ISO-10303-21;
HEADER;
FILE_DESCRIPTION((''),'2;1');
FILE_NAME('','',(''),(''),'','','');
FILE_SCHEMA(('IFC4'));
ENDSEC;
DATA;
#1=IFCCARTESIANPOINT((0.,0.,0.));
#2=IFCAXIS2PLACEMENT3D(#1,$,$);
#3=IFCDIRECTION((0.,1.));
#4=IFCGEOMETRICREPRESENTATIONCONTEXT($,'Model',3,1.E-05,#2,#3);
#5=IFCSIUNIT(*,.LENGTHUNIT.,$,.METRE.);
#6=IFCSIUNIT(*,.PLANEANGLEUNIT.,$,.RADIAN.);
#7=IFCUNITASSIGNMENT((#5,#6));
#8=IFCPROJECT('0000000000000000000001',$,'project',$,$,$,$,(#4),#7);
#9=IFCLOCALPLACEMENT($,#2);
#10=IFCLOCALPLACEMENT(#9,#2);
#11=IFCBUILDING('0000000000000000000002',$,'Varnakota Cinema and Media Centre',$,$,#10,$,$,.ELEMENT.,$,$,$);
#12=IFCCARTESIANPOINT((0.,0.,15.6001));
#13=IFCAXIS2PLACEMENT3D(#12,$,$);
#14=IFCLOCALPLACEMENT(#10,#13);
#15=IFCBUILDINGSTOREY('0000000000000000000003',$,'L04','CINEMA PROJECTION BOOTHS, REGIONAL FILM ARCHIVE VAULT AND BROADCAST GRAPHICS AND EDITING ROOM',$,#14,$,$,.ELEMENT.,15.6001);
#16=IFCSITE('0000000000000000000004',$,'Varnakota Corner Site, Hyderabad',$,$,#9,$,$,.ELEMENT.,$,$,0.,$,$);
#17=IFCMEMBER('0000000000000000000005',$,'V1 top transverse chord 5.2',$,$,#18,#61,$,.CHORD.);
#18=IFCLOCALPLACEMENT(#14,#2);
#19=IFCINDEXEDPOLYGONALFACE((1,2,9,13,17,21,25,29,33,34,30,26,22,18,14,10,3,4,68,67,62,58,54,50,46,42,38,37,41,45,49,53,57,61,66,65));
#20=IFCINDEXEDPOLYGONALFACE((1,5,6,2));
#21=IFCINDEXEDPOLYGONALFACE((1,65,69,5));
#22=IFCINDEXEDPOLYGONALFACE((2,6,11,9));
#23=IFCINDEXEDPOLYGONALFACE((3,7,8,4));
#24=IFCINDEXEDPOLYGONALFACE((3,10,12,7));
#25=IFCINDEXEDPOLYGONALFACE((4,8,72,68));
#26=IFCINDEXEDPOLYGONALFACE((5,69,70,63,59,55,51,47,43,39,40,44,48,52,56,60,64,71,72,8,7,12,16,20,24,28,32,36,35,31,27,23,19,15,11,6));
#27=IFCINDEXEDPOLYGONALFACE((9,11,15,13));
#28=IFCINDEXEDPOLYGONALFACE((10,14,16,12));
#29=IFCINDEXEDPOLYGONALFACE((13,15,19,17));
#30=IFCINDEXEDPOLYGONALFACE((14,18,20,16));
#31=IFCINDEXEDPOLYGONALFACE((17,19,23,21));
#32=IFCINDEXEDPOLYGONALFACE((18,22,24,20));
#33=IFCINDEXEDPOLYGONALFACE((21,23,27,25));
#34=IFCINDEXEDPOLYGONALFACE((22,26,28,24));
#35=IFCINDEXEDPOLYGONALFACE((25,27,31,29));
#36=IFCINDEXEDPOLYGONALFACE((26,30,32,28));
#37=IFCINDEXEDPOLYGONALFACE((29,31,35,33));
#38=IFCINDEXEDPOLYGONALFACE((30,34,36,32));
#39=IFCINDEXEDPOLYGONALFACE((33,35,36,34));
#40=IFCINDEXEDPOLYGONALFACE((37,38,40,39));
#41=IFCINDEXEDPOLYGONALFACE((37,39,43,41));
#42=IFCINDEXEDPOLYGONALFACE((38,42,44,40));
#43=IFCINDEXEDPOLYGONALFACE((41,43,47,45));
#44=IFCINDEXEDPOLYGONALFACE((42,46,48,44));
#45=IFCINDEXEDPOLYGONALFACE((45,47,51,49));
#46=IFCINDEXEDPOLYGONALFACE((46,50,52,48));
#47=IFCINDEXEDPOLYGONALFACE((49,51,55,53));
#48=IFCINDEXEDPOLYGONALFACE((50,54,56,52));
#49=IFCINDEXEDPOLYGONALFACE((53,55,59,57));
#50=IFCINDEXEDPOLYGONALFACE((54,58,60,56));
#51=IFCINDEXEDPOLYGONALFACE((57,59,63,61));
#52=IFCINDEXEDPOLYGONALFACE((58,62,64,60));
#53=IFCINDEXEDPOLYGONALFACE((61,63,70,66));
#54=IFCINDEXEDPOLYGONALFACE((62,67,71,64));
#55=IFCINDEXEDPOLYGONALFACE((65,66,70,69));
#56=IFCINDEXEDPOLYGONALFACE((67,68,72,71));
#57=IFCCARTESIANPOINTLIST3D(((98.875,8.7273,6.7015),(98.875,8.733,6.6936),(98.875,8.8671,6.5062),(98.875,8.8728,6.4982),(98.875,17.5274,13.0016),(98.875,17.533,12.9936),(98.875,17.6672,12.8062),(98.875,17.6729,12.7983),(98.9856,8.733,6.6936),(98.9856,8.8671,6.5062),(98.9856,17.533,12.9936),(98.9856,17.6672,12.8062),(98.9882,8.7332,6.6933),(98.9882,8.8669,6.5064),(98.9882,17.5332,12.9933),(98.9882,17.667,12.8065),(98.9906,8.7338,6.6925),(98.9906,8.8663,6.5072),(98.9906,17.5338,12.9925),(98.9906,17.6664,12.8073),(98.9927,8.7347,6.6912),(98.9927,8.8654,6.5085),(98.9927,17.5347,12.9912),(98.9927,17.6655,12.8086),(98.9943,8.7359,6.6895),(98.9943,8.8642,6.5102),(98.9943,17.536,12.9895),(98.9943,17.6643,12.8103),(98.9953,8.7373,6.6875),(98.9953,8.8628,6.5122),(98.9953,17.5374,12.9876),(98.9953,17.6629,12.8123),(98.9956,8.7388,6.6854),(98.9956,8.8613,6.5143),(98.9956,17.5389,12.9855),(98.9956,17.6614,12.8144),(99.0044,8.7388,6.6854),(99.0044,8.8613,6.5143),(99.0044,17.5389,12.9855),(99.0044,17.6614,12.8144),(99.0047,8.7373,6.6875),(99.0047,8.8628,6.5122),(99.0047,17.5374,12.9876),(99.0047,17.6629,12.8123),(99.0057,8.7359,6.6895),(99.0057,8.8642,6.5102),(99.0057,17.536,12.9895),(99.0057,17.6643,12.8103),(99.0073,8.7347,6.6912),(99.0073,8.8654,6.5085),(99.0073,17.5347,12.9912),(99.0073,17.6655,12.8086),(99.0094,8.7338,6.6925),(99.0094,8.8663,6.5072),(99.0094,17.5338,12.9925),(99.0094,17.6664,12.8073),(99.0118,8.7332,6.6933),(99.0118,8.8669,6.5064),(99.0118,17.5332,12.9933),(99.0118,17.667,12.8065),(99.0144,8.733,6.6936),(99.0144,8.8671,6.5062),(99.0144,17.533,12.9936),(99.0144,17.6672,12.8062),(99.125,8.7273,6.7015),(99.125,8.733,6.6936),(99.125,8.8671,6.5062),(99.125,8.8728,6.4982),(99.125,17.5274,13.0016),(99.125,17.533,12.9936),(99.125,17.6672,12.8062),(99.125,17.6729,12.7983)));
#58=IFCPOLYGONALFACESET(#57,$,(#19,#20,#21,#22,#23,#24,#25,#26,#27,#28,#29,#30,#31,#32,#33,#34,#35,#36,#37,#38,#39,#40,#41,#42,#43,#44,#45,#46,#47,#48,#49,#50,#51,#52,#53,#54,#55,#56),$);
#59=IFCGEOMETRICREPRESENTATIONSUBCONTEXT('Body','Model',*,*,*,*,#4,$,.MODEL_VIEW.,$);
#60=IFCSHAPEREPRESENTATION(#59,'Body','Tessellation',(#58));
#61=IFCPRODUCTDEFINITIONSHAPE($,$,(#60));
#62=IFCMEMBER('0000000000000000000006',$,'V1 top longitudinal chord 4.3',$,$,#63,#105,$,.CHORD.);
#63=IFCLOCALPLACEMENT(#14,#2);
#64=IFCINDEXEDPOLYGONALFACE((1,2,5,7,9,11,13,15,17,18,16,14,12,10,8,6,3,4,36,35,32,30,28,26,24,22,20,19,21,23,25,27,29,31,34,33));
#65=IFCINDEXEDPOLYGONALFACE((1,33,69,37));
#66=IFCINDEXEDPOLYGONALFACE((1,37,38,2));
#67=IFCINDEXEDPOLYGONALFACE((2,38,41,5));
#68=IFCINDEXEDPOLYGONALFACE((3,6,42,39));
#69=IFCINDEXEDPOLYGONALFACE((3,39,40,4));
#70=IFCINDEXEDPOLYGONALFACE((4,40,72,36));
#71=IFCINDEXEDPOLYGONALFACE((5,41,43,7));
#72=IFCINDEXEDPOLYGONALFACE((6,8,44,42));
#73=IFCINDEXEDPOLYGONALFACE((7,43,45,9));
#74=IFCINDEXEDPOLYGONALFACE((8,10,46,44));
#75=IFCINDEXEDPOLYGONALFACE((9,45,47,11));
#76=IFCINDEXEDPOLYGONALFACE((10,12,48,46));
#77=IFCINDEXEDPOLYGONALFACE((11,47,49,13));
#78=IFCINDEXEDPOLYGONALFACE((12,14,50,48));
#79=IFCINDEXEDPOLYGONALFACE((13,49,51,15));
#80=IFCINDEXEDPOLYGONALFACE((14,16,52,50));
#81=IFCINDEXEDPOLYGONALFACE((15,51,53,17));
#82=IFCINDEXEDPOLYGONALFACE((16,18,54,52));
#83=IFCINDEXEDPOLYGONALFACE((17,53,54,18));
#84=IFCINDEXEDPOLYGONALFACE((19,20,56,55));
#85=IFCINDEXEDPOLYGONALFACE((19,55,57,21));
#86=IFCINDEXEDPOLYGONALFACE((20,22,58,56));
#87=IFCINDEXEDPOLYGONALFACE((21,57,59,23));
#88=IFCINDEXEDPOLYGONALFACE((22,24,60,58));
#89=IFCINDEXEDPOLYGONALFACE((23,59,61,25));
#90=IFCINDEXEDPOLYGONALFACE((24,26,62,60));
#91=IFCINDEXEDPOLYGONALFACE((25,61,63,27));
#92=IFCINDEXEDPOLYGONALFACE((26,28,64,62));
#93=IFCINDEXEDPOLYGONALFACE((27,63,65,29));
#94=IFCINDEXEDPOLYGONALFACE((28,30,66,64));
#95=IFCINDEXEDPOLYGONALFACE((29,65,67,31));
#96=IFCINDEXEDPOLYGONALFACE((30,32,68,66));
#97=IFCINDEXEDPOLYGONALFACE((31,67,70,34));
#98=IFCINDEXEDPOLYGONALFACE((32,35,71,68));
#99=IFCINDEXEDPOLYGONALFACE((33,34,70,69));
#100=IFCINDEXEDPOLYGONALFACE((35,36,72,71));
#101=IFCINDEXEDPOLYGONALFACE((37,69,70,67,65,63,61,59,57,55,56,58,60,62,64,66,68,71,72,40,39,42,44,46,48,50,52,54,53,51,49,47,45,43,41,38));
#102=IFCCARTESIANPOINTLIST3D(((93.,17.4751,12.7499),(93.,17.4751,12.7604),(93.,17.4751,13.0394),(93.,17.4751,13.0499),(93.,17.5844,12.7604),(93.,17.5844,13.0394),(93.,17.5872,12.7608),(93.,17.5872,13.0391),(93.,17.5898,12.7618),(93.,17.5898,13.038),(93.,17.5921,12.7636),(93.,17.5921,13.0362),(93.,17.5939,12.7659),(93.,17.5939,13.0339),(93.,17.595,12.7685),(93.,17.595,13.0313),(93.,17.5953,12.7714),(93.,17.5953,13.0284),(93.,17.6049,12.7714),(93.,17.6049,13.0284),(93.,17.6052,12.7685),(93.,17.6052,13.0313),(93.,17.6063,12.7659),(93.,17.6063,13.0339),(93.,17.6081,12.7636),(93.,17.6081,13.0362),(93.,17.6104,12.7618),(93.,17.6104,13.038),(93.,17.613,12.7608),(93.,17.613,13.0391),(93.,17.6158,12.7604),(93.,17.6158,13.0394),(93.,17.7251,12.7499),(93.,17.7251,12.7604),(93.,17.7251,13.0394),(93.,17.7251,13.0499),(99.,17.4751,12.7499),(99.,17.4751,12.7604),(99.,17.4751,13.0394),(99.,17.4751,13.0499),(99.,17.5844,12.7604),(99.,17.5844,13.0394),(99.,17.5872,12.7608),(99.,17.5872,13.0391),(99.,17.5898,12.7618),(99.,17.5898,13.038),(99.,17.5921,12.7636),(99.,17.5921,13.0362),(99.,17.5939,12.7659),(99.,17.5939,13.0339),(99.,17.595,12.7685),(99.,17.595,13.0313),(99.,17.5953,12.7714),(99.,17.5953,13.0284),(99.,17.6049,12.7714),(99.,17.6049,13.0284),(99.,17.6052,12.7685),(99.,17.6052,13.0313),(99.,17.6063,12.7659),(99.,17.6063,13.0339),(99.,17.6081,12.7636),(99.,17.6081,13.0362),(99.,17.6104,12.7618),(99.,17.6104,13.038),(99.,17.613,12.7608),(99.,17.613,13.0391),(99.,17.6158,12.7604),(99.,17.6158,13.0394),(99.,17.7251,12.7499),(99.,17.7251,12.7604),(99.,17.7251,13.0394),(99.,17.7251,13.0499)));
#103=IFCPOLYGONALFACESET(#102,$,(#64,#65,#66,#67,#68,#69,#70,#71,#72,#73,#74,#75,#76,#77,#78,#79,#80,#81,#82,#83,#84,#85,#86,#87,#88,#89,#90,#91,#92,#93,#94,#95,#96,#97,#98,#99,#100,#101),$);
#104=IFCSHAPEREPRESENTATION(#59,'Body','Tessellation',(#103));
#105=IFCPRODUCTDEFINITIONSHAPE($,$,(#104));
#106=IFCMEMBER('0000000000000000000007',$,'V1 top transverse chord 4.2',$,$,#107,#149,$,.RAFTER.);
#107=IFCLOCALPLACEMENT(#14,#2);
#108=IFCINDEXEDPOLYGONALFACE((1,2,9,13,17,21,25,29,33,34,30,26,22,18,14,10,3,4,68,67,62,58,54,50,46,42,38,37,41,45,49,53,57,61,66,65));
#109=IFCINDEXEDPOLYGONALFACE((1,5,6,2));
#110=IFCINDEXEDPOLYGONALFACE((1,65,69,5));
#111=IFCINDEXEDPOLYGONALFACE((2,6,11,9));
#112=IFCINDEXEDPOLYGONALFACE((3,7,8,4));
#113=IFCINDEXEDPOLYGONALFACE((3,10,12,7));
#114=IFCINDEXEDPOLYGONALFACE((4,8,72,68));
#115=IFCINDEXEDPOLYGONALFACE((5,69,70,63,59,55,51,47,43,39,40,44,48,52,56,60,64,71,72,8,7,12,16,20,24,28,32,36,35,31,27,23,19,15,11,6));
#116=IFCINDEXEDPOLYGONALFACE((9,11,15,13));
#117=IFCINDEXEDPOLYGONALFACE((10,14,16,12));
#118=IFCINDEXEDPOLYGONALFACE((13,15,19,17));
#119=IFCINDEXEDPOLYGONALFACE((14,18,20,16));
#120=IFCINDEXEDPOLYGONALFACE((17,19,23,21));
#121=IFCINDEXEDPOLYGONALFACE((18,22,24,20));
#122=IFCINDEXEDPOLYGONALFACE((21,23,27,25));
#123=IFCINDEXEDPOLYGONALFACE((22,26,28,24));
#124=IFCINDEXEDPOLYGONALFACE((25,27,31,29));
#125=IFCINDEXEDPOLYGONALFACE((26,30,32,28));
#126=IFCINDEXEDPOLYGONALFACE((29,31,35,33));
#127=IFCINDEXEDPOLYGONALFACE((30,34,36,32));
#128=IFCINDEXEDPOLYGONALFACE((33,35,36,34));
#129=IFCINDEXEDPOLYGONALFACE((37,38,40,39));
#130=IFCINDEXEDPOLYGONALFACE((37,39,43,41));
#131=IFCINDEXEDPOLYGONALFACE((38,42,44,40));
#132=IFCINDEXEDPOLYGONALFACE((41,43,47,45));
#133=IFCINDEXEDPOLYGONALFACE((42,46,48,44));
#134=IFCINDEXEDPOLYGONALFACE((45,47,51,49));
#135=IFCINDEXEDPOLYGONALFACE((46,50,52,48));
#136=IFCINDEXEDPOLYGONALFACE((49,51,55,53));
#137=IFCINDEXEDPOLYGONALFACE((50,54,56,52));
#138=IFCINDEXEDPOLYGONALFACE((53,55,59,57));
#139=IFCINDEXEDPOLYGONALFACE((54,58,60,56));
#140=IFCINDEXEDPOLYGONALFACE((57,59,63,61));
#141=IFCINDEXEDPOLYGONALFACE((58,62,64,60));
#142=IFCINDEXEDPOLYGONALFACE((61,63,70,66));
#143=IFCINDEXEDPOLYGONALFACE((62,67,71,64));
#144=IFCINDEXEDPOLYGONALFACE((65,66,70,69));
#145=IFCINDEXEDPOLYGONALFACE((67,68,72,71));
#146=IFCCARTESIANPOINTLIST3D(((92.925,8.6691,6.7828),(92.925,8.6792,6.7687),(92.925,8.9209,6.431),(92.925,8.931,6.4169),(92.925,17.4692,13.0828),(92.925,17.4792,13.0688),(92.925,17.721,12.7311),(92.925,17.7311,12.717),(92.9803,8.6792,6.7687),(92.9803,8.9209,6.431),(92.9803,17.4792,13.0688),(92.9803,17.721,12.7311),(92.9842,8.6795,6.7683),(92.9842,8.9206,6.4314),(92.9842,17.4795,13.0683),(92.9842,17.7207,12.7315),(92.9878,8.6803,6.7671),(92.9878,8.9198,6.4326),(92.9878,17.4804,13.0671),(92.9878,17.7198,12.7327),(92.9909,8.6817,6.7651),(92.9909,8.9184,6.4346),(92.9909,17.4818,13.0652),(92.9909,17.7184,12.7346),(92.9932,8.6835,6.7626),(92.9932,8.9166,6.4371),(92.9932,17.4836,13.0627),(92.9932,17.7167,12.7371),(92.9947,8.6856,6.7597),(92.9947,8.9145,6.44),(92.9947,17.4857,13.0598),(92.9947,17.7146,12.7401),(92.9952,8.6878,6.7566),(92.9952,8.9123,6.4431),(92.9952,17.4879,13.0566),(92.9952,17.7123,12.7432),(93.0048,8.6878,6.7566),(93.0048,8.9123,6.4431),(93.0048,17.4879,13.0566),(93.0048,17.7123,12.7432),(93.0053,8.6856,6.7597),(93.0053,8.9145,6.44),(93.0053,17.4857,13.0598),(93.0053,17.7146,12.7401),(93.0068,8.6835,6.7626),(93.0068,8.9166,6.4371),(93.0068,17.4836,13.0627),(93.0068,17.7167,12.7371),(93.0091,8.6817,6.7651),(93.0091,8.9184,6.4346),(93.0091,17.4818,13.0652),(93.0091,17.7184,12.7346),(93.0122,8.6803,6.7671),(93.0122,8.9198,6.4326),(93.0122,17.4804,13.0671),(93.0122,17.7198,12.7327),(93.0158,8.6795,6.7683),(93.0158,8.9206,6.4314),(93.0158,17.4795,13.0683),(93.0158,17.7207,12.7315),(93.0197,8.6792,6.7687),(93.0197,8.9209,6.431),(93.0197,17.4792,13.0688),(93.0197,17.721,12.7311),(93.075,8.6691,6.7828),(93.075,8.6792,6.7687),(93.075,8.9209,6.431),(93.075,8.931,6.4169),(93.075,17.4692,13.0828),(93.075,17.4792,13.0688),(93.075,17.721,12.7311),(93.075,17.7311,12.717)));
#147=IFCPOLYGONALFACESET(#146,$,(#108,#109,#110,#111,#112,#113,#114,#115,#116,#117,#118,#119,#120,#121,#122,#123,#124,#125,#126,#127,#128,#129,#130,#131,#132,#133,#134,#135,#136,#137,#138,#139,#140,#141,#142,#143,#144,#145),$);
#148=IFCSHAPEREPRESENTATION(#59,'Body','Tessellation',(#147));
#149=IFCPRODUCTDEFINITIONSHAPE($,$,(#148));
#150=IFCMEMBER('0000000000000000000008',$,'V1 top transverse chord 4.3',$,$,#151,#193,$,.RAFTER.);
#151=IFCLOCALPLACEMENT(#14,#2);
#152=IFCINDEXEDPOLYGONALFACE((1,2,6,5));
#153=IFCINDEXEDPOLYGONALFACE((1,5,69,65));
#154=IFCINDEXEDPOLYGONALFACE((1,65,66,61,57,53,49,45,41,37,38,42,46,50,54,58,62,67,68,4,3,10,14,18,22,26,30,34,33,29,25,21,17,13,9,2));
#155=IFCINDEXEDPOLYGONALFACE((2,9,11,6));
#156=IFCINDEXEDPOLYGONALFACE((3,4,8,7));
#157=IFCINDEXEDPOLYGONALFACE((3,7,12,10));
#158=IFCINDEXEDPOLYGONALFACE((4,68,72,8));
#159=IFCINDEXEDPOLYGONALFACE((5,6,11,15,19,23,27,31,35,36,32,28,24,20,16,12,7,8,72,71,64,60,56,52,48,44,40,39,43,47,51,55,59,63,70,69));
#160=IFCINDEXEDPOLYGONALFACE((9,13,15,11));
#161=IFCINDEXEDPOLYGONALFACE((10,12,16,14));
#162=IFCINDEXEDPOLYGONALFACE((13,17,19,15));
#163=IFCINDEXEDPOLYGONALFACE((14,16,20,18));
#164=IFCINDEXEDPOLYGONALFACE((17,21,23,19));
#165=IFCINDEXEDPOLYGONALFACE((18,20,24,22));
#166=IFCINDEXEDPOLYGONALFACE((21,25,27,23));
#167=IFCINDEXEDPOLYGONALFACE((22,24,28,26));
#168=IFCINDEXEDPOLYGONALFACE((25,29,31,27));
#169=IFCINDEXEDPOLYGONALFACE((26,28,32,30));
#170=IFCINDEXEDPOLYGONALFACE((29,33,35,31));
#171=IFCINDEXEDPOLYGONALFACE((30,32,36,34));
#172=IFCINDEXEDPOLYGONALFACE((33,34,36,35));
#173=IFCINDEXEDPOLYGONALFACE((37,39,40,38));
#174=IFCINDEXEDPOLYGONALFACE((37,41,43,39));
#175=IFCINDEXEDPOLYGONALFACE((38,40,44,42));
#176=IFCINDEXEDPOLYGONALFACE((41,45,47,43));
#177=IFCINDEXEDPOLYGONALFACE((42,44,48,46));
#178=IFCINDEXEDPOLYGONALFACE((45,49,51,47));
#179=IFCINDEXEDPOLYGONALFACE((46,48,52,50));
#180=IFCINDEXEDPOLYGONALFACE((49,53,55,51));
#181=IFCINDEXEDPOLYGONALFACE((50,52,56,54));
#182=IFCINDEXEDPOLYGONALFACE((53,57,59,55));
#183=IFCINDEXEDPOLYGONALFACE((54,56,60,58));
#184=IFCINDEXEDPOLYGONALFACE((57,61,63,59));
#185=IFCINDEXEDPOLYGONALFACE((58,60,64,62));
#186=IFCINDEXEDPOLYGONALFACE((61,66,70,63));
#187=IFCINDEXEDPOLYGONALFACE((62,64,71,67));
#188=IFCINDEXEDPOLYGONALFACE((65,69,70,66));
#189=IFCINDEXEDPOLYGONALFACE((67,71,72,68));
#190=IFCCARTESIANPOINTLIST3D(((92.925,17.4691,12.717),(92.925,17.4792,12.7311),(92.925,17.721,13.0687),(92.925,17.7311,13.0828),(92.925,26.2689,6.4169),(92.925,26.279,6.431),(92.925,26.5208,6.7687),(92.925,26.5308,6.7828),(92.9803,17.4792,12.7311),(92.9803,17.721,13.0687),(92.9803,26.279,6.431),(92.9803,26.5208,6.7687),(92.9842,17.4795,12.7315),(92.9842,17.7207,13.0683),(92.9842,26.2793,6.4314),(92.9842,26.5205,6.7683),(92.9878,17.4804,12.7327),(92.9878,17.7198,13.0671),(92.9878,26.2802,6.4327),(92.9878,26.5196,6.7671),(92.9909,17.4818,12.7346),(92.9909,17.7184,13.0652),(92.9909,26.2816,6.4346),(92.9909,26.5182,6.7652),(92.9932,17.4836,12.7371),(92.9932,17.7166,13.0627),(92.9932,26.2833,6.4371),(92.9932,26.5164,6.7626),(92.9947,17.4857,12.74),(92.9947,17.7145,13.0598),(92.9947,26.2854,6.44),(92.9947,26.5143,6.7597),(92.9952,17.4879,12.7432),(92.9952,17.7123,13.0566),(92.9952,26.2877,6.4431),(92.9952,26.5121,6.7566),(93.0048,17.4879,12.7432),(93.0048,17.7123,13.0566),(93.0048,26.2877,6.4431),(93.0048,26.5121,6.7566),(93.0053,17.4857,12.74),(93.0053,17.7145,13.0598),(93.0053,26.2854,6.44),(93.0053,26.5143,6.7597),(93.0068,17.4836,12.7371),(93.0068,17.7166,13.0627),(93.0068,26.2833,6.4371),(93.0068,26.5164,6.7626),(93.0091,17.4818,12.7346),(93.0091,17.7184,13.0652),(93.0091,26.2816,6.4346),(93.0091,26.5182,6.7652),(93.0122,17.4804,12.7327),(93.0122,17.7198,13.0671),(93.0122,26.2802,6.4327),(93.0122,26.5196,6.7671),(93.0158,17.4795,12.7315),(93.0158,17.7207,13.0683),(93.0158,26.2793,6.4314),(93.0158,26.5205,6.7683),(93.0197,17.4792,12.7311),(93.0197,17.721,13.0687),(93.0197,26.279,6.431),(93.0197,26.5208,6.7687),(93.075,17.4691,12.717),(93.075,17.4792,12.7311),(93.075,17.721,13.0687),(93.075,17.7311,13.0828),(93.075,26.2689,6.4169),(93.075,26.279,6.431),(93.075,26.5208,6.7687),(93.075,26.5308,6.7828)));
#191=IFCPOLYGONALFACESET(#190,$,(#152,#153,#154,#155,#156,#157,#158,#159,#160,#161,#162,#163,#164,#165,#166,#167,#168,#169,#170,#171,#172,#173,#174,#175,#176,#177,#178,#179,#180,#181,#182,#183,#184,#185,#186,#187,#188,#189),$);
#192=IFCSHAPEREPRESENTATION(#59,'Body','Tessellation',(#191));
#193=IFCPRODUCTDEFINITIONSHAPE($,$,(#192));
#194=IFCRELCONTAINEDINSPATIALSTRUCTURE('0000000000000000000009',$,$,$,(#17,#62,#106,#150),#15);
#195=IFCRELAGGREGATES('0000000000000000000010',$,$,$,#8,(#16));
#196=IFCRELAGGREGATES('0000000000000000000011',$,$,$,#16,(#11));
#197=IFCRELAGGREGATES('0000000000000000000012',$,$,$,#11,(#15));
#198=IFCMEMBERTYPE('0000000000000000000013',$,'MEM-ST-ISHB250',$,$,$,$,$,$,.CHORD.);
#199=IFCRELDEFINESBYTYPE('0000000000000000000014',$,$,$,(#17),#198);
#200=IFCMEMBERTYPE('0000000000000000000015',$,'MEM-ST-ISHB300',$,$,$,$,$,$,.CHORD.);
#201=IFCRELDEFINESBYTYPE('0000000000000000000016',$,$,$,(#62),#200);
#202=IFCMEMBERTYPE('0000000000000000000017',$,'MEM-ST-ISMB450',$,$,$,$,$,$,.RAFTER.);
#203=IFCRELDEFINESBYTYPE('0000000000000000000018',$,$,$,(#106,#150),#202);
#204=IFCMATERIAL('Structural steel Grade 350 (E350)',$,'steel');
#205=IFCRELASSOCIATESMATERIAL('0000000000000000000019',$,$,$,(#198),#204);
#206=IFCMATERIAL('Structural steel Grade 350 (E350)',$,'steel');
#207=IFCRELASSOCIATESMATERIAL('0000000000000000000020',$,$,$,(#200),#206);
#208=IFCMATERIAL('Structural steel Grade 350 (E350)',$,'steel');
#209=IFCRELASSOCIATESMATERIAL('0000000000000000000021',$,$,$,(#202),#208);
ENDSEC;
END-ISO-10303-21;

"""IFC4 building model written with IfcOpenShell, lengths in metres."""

from ifc_helpers import new_model, si_unit, direction, frame, origin, origin_2d, place, context, subcontext, project, spatial, i_section, extrude, material, material_profile, profile_set, type_object, element, save


model = new_model("IFC4")

# Units and contexts
model_context = context("Model", 3, precision=1e-05, world=origin(), true_north=direction((0.0, 1.0)))
body_context = subcontext(model_context, "Body", "Model", "MODEL_VIEW")
ifc_project = project(units=[si_unit("LENGTHUNIT", "METRE"), si_unit("PLANEANGLEUNIT", "RADIAN")], contexts=[model_context])

# Site, building, storey
site_placement = place(None, origin())
site = spatial("IfcSite", under=ifc_project, at=site_placement, Name="Varnakota Corner Site, Hyderabad", CompositionType="ELEMENT", RefElevation=0.0)
building_placement = place(site_placement, origin())
building = spatial("IfcBuilding", under=site, at=building_placement, Name="Varnakota Cinema and Media Centre", CompositionType="ELEMENT")
storey_placement = place(building_placement, frame((0.0, 0.0, 15.6001)))
storey = spatial("IfcBuildingStorey", under=building, at=storey_placement, Name="L04", Description="CINEMA PROJECTION BOOTHS, REGIONAL FILM ARCHIVE VAULT AND BROADCAST GRAPHICS AND EDITING ROOM", CompositionType="ELEMENT", Elevation=15.6001)

# Members
ifc_material_1 = material(Name="Structural steel Grade 350 (E350)", Category="steel")
ifc_material_profile_1 = material_profile(ifc_material_1, i_section(OverallWidth=0.25, OverallDepth=0.25, WebThickness=0.0088, FlangeThickness=0.0098, FilletRadius=0.01, at=origin_2d()), Name="ISHB 250")
ifc_profile_set_1 = profile_set([ifc_material_profile_1], Name="Structural steel Grade 350 (E350)")
member_type_1 = type_object("IfcMemberType", Name="MEM-ST-ISHB250", PredefinedType="CHORD", material=ifc_profile_set_1)
member_1_placement = place(storey_placement, frame((99.0, 8.8, 6.5999), z_axis=(0.0, 0.813108, 0.582113), x_axis=(-1.0, 0.0, 0.0)))
element("IfcMember", 1, at=member_1_placement, inside=storey, type_object=member_type_1, Name="V1 top transverse chord 5.2", PredefinedType="CHORD", context=body_context, shape_type="SweptSolid", body=[
    extrude(i_section(OverallWidth=0.25, OverallDepth=0.25, WebThickness=0.0088, FlangeThickness=0.0098, FilletRadius=0.01, at=origin_2d()), origin(), (0.0, 0.0, 1.0), 10.8228),
])
ifc_material_2 = material(Name="Structural steel Grade 350 (E350)", Category="steel")
ifc_material_profile_2 = material_profile(ifc_material_2, i_section(OverallWidth=0.25, OverallDepth=0.3, WebThickness=0.0095, FlangeThickness=0.0105, FilletRadius=0.011, at=origin_2d()), Name="ISHB 300")
ifc_profile_set_2 = profile_set([ifc_material_profile_2], Name="Structural steel Grade 350 (E350)")
member_type_2 = type_object("IfcMemberType", Name="MEM-ST-ISHB300", PredefinedType="CHORD", material=ifc_profile_set_2)
member_2_placement = place(storey_placement, frame((93.0, 17.6001, 12.8999), z_axis=(1.0, 0.0, 0.0), x_axis=(0.0, 1.0, 0.0)))
element("IfcMember", 2, at=member_2_placement, inside=storey, type_object=member_type_2, Name="V1 top longitudinal chord 4.3", PredefinedType="CHORD", context=body_context, shape_type="SweptSolid", body=[
    extrude(i_section(OverallWidth=0.25, OverallDepth=0.3, WebThickness=0.0095, FlangeThickness=0.0105, FilletRadius=0.011, at=origin_2d()), origin(), (0.0, 0.0, 1.0), 6.0),
])
ifc_material_3 = material(Name="Structural steel Grade 350 (E350)", Category="steel")
ifc_material_profile_3 = material_profile(ifc_material_3, i_section(OverallWidth=0.1499, OverallDepth=0.45, WebThickness=0.0095, FlangeThickness=0.0173, FilletRadius=0.0149, at=origin_2d()), Name="ISMB 450")
ifc_profile_set_3 = profile_set([ifc_material_profile_3], Name="Structural steel Grade 350 (E350)")
member_type_3 = type_object("IfcMemberType", Name="MEM-ST-ISMB450", PredefinedType="RAFTER", material=ifc_profile_set_3)
member_3_placement = place(storey_placement, frame((93.0, 8.8, 6.5999), z_axis=(0.0, 0.813108, 0.582113), x_axis=(-1.0, 0.0, 0.0)))
element("IfcMember", 3, at=member_3_placement, inside=storey, type_object=member_type_3, Name="V1 top transverse chord 4.2", PredefinedType="RAFTER", context=body_context, shape_type="SweptSolid", body=[
    extrude(i_section(OverallWidth=0.1499, OverallDepth=0.45, WebThickness=0.0095, FlangeThickness=0.0173, FilletRadius=0.0149, at=origin_2d()), origin(), (0.0, 0.0, 1.0), 10.8228),
])
member_4_placement = place(storey_placement, frame((93.0, 17.6001, 12.8999), z_axis=(0.0, 0.8131, -0.582123), x_axis=(-1.0, 0.0, 0.0)))
element("IfcMember", 4, at=member_4_placement, inside=storey, type_object=member_type_3, Name="V1 top transverse chord 4.3", PredefinedType="RAFTER", context=body_context, shape_type="SweptSolid", body=[
    extrude(i_section(OverallWidth=0.1499, OverallDepth=0.45, WebThickness=0.0095, FlangeThickness=0.0173, FilletRadius=0.0149, at=origin_2d()), origin(), (0.0, 0.0, 1.0), 10.8225),
])

save(model, "model.ifc")
